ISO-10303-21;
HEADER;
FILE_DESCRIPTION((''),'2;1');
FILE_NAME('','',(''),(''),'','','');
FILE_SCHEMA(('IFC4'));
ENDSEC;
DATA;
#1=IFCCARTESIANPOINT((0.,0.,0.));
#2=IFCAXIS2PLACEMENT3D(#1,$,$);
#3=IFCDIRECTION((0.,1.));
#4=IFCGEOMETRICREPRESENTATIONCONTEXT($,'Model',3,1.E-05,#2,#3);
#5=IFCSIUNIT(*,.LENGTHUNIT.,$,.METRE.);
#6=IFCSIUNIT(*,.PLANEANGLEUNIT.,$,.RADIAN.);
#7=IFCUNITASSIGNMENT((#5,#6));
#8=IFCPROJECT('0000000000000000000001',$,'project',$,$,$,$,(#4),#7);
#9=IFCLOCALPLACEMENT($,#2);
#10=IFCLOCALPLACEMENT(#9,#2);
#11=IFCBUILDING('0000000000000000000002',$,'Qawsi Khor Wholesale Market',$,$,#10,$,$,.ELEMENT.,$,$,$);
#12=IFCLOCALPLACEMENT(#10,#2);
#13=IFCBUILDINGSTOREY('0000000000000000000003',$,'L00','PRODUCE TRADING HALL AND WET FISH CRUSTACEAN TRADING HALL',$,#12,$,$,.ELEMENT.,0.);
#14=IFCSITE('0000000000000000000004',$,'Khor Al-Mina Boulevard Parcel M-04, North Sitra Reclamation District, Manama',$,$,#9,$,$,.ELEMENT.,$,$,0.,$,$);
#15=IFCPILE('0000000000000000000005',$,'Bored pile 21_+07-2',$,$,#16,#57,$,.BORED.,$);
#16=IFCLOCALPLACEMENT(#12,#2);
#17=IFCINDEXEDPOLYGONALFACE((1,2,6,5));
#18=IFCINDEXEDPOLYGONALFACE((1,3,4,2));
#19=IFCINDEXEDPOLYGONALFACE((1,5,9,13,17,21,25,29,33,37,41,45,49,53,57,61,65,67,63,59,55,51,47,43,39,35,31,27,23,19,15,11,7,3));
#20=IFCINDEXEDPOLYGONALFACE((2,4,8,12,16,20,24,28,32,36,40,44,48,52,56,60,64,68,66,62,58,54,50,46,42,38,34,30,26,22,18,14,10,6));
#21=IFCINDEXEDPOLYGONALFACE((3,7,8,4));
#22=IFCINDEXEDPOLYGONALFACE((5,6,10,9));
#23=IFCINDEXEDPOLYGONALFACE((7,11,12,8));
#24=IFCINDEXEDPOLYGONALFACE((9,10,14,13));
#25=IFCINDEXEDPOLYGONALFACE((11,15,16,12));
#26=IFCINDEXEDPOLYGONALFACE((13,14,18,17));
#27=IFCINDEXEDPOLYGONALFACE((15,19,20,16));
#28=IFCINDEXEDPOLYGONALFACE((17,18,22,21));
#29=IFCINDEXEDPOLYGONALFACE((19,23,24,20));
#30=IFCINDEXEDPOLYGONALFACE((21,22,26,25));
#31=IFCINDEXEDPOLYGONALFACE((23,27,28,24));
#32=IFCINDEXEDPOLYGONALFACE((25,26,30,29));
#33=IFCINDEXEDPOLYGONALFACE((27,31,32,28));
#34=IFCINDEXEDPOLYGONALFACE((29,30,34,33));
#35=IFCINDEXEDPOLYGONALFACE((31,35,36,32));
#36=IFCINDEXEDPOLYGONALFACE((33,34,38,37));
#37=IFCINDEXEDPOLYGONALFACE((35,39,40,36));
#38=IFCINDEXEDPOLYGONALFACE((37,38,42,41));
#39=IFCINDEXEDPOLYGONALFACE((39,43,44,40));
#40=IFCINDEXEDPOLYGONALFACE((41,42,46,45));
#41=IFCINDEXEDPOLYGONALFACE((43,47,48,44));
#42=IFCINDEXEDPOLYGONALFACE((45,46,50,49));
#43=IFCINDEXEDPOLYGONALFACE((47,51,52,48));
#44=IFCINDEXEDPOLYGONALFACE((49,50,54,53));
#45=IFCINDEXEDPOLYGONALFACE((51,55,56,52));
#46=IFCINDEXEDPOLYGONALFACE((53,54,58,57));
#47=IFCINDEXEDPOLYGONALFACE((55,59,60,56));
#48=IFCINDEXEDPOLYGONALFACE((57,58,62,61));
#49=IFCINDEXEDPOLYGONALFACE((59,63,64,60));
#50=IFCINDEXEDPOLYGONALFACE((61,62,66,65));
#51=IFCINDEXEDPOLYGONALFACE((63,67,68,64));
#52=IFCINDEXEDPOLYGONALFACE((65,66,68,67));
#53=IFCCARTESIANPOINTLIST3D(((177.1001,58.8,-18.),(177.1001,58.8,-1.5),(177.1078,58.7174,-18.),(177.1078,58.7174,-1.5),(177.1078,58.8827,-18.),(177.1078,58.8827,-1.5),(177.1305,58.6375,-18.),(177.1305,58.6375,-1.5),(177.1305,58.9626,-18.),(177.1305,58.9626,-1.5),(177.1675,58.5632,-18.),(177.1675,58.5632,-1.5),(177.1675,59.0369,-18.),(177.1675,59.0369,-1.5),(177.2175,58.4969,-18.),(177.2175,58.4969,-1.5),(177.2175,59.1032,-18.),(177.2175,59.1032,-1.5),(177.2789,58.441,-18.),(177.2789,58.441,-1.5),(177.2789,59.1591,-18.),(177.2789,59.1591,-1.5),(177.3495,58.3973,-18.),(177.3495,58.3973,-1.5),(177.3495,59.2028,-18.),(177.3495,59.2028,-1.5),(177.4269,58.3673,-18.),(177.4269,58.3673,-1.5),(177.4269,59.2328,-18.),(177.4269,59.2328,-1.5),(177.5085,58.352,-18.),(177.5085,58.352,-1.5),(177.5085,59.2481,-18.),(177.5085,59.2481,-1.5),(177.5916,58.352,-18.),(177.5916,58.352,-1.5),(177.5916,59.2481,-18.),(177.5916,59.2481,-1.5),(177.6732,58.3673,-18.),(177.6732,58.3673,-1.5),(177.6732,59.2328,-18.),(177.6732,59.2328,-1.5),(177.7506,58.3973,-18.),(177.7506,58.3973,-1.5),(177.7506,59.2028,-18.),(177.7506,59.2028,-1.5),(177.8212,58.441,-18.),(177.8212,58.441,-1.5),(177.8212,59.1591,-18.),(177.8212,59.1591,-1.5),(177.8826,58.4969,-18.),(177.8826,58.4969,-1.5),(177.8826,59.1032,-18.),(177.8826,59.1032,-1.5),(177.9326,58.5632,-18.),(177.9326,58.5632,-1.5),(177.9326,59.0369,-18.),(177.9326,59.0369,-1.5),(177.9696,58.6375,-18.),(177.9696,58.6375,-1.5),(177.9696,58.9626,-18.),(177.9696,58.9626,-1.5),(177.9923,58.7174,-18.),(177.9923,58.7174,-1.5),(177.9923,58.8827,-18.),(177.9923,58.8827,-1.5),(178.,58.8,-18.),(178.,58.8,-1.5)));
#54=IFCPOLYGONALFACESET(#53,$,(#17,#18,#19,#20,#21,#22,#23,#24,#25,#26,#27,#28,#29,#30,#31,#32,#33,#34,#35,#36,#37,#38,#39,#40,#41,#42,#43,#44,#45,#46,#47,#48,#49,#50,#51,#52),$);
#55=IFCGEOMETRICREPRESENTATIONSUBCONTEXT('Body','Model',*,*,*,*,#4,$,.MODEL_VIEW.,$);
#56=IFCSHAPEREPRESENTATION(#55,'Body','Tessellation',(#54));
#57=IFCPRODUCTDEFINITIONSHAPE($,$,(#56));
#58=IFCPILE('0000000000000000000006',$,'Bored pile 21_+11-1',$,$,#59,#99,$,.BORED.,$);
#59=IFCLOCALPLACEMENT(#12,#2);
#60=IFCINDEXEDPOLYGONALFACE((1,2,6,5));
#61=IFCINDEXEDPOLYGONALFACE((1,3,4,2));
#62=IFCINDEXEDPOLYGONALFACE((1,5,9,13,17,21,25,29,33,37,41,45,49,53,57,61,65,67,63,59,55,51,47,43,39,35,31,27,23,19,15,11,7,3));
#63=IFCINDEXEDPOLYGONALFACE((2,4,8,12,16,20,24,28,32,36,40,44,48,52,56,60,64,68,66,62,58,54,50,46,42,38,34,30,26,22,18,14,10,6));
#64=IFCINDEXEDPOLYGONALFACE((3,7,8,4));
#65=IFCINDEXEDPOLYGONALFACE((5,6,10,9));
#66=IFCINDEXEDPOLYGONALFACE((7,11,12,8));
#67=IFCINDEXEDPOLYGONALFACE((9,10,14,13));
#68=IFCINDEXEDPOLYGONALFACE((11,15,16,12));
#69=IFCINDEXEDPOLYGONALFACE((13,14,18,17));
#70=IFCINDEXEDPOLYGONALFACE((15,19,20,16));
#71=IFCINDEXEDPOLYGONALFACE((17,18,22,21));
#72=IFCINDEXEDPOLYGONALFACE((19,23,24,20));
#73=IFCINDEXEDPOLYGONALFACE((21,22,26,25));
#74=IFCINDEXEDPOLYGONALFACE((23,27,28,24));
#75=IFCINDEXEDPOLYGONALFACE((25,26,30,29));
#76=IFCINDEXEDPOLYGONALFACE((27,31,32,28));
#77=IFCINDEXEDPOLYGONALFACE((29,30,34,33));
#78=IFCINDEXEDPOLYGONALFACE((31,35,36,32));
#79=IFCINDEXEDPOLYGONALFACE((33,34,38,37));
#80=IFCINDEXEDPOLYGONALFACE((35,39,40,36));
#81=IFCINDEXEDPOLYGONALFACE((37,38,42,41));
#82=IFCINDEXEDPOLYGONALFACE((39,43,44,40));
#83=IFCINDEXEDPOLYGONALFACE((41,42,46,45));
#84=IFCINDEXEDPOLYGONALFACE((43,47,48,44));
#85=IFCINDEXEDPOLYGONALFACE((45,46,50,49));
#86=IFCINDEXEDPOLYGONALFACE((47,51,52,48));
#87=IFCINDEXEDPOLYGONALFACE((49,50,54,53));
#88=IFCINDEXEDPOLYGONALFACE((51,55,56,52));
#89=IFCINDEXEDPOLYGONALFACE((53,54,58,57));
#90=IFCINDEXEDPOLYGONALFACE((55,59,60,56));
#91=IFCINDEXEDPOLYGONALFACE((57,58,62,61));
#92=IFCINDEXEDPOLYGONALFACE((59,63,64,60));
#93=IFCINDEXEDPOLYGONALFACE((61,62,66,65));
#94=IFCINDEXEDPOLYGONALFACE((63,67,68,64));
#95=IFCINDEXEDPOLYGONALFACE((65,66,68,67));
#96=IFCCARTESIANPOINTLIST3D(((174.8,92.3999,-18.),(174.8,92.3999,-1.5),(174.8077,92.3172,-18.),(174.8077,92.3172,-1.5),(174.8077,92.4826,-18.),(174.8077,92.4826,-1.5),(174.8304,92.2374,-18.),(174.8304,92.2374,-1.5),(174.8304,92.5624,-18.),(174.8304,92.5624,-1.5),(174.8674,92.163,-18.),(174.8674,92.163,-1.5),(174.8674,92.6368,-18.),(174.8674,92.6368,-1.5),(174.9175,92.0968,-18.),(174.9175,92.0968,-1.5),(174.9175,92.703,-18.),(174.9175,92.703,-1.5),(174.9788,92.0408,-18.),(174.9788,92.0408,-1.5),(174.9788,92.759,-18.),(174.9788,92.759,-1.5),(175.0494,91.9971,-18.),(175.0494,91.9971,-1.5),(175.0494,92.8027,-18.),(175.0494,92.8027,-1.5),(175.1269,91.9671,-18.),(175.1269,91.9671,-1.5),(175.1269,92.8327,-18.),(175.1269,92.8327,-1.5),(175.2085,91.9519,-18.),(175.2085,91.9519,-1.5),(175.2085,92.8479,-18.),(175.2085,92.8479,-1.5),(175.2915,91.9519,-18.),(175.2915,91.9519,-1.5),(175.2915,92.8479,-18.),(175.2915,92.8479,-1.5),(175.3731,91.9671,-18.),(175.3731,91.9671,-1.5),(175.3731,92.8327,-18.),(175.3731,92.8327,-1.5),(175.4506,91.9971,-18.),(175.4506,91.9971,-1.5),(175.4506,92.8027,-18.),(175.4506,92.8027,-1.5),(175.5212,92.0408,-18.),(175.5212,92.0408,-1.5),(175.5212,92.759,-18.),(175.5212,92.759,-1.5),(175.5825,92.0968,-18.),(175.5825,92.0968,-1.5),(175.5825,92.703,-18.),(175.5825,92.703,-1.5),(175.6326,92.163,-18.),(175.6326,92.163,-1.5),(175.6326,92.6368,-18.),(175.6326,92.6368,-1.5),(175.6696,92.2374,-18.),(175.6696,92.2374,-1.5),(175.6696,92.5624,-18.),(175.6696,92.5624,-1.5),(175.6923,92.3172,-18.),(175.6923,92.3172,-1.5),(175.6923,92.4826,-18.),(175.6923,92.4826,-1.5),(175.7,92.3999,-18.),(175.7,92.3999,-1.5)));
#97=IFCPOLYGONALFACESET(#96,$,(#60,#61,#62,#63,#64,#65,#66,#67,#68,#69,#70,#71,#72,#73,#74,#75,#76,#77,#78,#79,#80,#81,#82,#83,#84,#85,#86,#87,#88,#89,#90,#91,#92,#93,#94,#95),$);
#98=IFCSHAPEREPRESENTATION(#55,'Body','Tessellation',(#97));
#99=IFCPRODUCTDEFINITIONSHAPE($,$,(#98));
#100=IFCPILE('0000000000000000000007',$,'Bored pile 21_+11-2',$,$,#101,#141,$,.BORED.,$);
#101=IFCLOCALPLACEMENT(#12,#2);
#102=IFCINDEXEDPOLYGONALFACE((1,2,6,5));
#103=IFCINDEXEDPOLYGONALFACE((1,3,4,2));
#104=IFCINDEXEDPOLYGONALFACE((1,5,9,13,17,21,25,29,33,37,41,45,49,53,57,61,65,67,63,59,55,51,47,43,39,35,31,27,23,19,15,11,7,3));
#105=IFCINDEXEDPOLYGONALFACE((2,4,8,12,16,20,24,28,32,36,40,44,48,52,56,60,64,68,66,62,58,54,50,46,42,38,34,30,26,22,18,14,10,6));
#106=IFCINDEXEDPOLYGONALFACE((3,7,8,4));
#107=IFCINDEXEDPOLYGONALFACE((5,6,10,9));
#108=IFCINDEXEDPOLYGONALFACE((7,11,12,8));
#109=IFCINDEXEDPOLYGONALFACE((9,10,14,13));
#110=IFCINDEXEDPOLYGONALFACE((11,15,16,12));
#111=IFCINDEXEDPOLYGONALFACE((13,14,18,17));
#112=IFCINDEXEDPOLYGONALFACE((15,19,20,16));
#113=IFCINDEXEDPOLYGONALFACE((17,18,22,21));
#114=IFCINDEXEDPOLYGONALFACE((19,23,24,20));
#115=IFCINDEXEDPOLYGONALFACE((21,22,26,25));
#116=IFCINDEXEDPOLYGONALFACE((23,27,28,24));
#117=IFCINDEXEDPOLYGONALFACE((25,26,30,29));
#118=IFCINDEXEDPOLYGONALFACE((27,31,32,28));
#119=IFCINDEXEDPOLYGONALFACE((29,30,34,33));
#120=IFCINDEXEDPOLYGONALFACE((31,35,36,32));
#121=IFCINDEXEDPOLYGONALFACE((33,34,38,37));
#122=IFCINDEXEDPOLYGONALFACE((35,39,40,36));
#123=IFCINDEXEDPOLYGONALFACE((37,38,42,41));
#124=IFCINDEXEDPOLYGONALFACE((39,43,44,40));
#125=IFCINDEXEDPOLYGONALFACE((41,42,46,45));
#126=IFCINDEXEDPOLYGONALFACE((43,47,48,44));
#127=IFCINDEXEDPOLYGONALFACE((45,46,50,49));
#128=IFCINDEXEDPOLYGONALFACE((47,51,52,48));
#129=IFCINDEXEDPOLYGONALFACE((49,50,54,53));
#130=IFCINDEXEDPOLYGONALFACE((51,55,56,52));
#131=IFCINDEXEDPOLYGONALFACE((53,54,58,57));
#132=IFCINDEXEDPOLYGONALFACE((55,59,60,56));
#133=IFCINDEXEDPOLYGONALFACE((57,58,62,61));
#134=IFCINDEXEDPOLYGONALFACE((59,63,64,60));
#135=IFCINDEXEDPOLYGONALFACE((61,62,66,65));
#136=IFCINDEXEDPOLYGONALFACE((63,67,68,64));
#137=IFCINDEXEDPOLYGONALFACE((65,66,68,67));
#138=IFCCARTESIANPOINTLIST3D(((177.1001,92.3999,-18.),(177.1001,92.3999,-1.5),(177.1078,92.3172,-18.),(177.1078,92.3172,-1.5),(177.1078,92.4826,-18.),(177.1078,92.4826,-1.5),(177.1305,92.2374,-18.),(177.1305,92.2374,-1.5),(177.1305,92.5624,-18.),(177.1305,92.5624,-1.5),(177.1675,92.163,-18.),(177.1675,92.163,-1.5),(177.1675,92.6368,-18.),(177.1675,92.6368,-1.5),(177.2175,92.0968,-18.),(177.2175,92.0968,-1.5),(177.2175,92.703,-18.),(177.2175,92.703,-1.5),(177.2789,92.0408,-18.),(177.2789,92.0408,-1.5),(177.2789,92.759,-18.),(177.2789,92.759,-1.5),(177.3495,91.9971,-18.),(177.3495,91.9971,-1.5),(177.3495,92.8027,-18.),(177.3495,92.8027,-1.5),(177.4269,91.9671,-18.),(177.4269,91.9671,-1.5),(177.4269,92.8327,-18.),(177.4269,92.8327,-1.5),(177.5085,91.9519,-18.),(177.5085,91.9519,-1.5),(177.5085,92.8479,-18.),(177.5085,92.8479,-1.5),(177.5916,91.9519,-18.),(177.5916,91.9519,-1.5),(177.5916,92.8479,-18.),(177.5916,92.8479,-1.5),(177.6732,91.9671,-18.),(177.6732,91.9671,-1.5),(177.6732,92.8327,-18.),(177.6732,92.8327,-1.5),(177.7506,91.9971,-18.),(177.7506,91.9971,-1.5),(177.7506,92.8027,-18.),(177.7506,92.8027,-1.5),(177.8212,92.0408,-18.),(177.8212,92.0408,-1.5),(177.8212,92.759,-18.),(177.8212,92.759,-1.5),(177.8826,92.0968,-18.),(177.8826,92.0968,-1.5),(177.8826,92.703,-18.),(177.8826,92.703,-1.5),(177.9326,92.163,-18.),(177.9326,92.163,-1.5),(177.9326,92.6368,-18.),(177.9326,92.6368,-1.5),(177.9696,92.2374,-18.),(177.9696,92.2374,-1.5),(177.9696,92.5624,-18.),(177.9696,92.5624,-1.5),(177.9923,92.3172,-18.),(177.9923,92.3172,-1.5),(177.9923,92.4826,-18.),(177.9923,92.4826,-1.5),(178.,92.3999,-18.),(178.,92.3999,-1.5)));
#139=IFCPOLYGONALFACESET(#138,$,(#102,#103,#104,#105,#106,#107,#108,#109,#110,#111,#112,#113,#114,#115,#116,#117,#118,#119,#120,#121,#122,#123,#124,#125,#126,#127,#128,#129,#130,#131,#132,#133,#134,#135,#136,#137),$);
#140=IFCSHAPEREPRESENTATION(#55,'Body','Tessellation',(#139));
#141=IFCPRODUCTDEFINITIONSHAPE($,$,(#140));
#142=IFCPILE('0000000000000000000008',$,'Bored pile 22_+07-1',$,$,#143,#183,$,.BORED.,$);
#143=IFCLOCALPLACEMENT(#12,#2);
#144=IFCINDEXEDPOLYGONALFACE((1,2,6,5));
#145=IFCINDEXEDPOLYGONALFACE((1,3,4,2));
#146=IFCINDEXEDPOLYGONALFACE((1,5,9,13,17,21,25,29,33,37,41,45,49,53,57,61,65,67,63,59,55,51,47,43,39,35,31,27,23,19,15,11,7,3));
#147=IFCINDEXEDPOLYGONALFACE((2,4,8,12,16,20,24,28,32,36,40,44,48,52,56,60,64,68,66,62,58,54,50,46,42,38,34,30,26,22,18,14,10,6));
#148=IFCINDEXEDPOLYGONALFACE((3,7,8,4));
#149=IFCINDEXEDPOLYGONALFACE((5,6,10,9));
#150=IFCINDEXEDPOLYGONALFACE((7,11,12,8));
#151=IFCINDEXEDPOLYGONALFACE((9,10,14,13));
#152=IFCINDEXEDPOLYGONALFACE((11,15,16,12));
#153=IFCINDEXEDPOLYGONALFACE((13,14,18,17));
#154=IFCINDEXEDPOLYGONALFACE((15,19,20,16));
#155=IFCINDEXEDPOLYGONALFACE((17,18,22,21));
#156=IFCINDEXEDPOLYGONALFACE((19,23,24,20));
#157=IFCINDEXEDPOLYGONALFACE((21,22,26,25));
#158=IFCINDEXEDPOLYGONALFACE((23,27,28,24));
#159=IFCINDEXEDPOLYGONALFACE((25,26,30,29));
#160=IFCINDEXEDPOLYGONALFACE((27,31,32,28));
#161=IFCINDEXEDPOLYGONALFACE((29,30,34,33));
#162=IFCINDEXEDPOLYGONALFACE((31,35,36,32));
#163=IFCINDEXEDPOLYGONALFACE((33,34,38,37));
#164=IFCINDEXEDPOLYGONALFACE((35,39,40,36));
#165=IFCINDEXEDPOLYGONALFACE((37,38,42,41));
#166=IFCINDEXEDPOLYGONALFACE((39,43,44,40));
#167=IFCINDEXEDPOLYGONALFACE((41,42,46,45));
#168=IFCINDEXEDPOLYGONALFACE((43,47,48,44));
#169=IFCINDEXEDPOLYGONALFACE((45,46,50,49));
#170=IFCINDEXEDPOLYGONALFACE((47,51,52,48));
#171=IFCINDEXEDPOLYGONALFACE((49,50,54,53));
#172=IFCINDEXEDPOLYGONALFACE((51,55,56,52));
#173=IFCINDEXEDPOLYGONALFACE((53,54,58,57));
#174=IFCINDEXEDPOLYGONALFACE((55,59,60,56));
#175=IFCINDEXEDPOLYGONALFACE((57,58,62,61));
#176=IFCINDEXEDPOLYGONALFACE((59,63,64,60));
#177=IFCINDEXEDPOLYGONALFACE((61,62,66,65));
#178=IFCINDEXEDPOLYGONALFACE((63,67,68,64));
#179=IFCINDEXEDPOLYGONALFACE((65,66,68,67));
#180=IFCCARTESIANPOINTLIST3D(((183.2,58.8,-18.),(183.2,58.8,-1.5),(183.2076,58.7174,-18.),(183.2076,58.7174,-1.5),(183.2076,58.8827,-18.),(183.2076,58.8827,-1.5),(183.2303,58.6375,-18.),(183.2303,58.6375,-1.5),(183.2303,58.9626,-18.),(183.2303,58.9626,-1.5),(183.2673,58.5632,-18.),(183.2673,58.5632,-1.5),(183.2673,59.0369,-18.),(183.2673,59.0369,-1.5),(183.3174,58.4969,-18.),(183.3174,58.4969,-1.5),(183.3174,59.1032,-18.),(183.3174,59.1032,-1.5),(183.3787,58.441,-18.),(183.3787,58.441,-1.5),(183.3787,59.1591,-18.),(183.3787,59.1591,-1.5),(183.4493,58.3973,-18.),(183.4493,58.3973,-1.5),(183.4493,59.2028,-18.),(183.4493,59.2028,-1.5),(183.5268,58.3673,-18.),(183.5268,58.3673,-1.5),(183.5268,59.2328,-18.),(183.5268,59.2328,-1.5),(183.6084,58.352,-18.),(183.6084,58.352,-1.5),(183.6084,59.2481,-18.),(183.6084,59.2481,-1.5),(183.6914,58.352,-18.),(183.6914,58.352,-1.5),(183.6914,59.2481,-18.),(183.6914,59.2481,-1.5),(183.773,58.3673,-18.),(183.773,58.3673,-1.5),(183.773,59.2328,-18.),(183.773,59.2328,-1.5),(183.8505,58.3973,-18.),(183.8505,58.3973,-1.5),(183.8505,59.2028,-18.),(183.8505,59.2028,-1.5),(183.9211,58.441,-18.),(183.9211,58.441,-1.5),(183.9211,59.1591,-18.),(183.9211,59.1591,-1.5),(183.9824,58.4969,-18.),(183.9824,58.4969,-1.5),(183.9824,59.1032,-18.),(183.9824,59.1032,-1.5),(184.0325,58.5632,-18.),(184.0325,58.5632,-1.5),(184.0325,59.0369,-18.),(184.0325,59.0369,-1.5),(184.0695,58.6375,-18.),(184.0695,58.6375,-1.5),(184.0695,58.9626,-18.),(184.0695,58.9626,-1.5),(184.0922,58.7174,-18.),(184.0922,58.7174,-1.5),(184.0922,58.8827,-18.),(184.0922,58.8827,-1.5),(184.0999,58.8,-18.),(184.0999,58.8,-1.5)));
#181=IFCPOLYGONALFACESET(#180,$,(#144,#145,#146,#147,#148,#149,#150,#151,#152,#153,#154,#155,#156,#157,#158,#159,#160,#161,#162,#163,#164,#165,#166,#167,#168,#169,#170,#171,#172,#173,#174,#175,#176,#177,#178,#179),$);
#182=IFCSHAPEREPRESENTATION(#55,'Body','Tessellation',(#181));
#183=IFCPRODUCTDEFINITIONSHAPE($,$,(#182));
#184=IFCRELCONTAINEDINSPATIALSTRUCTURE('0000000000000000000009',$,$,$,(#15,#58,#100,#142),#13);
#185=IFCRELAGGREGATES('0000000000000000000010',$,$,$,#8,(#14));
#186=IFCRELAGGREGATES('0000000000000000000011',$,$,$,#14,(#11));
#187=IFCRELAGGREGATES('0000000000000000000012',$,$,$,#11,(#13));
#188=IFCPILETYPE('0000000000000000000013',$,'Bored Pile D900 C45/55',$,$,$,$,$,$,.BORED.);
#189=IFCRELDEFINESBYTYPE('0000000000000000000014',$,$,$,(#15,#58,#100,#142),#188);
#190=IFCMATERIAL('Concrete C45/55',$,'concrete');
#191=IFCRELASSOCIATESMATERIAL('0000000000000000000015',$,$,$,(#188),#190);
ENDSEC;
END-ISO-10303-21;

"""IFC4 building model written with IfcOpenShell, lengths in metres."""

from ifc_helpers import new_model, si_unit, direction, frame, origin, origin_2d, place, context, subcontext, project, spatial, circle, extrude, material, material_profile, profile_set, type_object, element, save


model = new_model("IFC4")

# Units and contexts
model_context = context("Model", 3, precision=1e-05, world=origin(), true_north=direction((0.0, 1.0)))
body_context = subcontext(model_context, "Body", "Model", "MODEL_VIEW")
ifc_project = project(units=[si_unit("LENGTHUNIT", "METRE"), si_unit("PLANEANGLEUNIT", "RADIAN")], contexts=[model_context])

# Site, building, storey
site_placement = place(None, origin())
site = spatial("IfcSite", under=ifc_project, at=site_placement, Name="Khor Al-Mina Boulevard Parcel M-04, North Sitra Reclamation District, Manama", CompositionType="ELEMENT", RefElevation=0.0)
building_placement = place(site_placement, origin())
building = spatial("IfcBuilding", under=site, at=building_placement, Name="Qawsi Khor Wholesale Market", CompositionType="ELEMENT")
storey_placement = place(building_placement, origin())
storey = spatial("IfcBuildingStorey", under=building, at=storey_placement, Name="L00", Description="PRODUCE TRADING HALL AND WET FISH CRUSTACEAN TRADING HALL", CompositionType="ELEMENT", Elevation=0.0)

# Piles
ifc_material_1 = material(Name="Concrete C45/55", Category="concrete")
ifc_material_profile_1 = material_profile(ifc_material_1, circle(Radius=0.45, at=origin_2d()), Name="PILE D900")
ifc_profile_set_1 = profile_set([ifc_material_profile_1], Name="Concrete C45/55")
pile_type = type_object("IfcPileType", Name="Bored Pile D900 C45/55", PredefinedType="BORED", material=ifc_profile_set_1)
for number, where, z_axis, x_axis, name in (
    (1, (177.55, 58.8, -1.5), (0.0, 0.0, -1.0), (1.0, 0.0, 0.0), "Bored pile 21_+07-2"),
    (2, (175.25, 92.3999, -1.5), (0.0, 0.0, -1.0), (1.0, 0.0, 0.0), "Bored pile 21_+11-1"),
    (3, (177.55, 92.3999, -1.5), (0.0, 0.0, -1.0), (1.0, 0.0, 0.0), "Bored pile 21_+11-2"),
    (4, (183.6499, 58.8, -1.5), (0.0, 0.0, -1.0), (1.0, 0.0, 0.0), "Bored pile 22_+07-1"),
):
    element("IfcPile", number, at=place(storey_placement, frame(where, z_axis=z_axis, x_axis=x_axis)), inside=storey, type_object=pile_type, Name=name, PredefinedType="BORED", context=body_context, shape_type="SweptSolid", body=[
        extrude(circle(Radius=0.45, at=origin_2d()), origin(), (0.0, 0.0, 1.0), 16.5),
    ])

save(model, "model.ifc")
